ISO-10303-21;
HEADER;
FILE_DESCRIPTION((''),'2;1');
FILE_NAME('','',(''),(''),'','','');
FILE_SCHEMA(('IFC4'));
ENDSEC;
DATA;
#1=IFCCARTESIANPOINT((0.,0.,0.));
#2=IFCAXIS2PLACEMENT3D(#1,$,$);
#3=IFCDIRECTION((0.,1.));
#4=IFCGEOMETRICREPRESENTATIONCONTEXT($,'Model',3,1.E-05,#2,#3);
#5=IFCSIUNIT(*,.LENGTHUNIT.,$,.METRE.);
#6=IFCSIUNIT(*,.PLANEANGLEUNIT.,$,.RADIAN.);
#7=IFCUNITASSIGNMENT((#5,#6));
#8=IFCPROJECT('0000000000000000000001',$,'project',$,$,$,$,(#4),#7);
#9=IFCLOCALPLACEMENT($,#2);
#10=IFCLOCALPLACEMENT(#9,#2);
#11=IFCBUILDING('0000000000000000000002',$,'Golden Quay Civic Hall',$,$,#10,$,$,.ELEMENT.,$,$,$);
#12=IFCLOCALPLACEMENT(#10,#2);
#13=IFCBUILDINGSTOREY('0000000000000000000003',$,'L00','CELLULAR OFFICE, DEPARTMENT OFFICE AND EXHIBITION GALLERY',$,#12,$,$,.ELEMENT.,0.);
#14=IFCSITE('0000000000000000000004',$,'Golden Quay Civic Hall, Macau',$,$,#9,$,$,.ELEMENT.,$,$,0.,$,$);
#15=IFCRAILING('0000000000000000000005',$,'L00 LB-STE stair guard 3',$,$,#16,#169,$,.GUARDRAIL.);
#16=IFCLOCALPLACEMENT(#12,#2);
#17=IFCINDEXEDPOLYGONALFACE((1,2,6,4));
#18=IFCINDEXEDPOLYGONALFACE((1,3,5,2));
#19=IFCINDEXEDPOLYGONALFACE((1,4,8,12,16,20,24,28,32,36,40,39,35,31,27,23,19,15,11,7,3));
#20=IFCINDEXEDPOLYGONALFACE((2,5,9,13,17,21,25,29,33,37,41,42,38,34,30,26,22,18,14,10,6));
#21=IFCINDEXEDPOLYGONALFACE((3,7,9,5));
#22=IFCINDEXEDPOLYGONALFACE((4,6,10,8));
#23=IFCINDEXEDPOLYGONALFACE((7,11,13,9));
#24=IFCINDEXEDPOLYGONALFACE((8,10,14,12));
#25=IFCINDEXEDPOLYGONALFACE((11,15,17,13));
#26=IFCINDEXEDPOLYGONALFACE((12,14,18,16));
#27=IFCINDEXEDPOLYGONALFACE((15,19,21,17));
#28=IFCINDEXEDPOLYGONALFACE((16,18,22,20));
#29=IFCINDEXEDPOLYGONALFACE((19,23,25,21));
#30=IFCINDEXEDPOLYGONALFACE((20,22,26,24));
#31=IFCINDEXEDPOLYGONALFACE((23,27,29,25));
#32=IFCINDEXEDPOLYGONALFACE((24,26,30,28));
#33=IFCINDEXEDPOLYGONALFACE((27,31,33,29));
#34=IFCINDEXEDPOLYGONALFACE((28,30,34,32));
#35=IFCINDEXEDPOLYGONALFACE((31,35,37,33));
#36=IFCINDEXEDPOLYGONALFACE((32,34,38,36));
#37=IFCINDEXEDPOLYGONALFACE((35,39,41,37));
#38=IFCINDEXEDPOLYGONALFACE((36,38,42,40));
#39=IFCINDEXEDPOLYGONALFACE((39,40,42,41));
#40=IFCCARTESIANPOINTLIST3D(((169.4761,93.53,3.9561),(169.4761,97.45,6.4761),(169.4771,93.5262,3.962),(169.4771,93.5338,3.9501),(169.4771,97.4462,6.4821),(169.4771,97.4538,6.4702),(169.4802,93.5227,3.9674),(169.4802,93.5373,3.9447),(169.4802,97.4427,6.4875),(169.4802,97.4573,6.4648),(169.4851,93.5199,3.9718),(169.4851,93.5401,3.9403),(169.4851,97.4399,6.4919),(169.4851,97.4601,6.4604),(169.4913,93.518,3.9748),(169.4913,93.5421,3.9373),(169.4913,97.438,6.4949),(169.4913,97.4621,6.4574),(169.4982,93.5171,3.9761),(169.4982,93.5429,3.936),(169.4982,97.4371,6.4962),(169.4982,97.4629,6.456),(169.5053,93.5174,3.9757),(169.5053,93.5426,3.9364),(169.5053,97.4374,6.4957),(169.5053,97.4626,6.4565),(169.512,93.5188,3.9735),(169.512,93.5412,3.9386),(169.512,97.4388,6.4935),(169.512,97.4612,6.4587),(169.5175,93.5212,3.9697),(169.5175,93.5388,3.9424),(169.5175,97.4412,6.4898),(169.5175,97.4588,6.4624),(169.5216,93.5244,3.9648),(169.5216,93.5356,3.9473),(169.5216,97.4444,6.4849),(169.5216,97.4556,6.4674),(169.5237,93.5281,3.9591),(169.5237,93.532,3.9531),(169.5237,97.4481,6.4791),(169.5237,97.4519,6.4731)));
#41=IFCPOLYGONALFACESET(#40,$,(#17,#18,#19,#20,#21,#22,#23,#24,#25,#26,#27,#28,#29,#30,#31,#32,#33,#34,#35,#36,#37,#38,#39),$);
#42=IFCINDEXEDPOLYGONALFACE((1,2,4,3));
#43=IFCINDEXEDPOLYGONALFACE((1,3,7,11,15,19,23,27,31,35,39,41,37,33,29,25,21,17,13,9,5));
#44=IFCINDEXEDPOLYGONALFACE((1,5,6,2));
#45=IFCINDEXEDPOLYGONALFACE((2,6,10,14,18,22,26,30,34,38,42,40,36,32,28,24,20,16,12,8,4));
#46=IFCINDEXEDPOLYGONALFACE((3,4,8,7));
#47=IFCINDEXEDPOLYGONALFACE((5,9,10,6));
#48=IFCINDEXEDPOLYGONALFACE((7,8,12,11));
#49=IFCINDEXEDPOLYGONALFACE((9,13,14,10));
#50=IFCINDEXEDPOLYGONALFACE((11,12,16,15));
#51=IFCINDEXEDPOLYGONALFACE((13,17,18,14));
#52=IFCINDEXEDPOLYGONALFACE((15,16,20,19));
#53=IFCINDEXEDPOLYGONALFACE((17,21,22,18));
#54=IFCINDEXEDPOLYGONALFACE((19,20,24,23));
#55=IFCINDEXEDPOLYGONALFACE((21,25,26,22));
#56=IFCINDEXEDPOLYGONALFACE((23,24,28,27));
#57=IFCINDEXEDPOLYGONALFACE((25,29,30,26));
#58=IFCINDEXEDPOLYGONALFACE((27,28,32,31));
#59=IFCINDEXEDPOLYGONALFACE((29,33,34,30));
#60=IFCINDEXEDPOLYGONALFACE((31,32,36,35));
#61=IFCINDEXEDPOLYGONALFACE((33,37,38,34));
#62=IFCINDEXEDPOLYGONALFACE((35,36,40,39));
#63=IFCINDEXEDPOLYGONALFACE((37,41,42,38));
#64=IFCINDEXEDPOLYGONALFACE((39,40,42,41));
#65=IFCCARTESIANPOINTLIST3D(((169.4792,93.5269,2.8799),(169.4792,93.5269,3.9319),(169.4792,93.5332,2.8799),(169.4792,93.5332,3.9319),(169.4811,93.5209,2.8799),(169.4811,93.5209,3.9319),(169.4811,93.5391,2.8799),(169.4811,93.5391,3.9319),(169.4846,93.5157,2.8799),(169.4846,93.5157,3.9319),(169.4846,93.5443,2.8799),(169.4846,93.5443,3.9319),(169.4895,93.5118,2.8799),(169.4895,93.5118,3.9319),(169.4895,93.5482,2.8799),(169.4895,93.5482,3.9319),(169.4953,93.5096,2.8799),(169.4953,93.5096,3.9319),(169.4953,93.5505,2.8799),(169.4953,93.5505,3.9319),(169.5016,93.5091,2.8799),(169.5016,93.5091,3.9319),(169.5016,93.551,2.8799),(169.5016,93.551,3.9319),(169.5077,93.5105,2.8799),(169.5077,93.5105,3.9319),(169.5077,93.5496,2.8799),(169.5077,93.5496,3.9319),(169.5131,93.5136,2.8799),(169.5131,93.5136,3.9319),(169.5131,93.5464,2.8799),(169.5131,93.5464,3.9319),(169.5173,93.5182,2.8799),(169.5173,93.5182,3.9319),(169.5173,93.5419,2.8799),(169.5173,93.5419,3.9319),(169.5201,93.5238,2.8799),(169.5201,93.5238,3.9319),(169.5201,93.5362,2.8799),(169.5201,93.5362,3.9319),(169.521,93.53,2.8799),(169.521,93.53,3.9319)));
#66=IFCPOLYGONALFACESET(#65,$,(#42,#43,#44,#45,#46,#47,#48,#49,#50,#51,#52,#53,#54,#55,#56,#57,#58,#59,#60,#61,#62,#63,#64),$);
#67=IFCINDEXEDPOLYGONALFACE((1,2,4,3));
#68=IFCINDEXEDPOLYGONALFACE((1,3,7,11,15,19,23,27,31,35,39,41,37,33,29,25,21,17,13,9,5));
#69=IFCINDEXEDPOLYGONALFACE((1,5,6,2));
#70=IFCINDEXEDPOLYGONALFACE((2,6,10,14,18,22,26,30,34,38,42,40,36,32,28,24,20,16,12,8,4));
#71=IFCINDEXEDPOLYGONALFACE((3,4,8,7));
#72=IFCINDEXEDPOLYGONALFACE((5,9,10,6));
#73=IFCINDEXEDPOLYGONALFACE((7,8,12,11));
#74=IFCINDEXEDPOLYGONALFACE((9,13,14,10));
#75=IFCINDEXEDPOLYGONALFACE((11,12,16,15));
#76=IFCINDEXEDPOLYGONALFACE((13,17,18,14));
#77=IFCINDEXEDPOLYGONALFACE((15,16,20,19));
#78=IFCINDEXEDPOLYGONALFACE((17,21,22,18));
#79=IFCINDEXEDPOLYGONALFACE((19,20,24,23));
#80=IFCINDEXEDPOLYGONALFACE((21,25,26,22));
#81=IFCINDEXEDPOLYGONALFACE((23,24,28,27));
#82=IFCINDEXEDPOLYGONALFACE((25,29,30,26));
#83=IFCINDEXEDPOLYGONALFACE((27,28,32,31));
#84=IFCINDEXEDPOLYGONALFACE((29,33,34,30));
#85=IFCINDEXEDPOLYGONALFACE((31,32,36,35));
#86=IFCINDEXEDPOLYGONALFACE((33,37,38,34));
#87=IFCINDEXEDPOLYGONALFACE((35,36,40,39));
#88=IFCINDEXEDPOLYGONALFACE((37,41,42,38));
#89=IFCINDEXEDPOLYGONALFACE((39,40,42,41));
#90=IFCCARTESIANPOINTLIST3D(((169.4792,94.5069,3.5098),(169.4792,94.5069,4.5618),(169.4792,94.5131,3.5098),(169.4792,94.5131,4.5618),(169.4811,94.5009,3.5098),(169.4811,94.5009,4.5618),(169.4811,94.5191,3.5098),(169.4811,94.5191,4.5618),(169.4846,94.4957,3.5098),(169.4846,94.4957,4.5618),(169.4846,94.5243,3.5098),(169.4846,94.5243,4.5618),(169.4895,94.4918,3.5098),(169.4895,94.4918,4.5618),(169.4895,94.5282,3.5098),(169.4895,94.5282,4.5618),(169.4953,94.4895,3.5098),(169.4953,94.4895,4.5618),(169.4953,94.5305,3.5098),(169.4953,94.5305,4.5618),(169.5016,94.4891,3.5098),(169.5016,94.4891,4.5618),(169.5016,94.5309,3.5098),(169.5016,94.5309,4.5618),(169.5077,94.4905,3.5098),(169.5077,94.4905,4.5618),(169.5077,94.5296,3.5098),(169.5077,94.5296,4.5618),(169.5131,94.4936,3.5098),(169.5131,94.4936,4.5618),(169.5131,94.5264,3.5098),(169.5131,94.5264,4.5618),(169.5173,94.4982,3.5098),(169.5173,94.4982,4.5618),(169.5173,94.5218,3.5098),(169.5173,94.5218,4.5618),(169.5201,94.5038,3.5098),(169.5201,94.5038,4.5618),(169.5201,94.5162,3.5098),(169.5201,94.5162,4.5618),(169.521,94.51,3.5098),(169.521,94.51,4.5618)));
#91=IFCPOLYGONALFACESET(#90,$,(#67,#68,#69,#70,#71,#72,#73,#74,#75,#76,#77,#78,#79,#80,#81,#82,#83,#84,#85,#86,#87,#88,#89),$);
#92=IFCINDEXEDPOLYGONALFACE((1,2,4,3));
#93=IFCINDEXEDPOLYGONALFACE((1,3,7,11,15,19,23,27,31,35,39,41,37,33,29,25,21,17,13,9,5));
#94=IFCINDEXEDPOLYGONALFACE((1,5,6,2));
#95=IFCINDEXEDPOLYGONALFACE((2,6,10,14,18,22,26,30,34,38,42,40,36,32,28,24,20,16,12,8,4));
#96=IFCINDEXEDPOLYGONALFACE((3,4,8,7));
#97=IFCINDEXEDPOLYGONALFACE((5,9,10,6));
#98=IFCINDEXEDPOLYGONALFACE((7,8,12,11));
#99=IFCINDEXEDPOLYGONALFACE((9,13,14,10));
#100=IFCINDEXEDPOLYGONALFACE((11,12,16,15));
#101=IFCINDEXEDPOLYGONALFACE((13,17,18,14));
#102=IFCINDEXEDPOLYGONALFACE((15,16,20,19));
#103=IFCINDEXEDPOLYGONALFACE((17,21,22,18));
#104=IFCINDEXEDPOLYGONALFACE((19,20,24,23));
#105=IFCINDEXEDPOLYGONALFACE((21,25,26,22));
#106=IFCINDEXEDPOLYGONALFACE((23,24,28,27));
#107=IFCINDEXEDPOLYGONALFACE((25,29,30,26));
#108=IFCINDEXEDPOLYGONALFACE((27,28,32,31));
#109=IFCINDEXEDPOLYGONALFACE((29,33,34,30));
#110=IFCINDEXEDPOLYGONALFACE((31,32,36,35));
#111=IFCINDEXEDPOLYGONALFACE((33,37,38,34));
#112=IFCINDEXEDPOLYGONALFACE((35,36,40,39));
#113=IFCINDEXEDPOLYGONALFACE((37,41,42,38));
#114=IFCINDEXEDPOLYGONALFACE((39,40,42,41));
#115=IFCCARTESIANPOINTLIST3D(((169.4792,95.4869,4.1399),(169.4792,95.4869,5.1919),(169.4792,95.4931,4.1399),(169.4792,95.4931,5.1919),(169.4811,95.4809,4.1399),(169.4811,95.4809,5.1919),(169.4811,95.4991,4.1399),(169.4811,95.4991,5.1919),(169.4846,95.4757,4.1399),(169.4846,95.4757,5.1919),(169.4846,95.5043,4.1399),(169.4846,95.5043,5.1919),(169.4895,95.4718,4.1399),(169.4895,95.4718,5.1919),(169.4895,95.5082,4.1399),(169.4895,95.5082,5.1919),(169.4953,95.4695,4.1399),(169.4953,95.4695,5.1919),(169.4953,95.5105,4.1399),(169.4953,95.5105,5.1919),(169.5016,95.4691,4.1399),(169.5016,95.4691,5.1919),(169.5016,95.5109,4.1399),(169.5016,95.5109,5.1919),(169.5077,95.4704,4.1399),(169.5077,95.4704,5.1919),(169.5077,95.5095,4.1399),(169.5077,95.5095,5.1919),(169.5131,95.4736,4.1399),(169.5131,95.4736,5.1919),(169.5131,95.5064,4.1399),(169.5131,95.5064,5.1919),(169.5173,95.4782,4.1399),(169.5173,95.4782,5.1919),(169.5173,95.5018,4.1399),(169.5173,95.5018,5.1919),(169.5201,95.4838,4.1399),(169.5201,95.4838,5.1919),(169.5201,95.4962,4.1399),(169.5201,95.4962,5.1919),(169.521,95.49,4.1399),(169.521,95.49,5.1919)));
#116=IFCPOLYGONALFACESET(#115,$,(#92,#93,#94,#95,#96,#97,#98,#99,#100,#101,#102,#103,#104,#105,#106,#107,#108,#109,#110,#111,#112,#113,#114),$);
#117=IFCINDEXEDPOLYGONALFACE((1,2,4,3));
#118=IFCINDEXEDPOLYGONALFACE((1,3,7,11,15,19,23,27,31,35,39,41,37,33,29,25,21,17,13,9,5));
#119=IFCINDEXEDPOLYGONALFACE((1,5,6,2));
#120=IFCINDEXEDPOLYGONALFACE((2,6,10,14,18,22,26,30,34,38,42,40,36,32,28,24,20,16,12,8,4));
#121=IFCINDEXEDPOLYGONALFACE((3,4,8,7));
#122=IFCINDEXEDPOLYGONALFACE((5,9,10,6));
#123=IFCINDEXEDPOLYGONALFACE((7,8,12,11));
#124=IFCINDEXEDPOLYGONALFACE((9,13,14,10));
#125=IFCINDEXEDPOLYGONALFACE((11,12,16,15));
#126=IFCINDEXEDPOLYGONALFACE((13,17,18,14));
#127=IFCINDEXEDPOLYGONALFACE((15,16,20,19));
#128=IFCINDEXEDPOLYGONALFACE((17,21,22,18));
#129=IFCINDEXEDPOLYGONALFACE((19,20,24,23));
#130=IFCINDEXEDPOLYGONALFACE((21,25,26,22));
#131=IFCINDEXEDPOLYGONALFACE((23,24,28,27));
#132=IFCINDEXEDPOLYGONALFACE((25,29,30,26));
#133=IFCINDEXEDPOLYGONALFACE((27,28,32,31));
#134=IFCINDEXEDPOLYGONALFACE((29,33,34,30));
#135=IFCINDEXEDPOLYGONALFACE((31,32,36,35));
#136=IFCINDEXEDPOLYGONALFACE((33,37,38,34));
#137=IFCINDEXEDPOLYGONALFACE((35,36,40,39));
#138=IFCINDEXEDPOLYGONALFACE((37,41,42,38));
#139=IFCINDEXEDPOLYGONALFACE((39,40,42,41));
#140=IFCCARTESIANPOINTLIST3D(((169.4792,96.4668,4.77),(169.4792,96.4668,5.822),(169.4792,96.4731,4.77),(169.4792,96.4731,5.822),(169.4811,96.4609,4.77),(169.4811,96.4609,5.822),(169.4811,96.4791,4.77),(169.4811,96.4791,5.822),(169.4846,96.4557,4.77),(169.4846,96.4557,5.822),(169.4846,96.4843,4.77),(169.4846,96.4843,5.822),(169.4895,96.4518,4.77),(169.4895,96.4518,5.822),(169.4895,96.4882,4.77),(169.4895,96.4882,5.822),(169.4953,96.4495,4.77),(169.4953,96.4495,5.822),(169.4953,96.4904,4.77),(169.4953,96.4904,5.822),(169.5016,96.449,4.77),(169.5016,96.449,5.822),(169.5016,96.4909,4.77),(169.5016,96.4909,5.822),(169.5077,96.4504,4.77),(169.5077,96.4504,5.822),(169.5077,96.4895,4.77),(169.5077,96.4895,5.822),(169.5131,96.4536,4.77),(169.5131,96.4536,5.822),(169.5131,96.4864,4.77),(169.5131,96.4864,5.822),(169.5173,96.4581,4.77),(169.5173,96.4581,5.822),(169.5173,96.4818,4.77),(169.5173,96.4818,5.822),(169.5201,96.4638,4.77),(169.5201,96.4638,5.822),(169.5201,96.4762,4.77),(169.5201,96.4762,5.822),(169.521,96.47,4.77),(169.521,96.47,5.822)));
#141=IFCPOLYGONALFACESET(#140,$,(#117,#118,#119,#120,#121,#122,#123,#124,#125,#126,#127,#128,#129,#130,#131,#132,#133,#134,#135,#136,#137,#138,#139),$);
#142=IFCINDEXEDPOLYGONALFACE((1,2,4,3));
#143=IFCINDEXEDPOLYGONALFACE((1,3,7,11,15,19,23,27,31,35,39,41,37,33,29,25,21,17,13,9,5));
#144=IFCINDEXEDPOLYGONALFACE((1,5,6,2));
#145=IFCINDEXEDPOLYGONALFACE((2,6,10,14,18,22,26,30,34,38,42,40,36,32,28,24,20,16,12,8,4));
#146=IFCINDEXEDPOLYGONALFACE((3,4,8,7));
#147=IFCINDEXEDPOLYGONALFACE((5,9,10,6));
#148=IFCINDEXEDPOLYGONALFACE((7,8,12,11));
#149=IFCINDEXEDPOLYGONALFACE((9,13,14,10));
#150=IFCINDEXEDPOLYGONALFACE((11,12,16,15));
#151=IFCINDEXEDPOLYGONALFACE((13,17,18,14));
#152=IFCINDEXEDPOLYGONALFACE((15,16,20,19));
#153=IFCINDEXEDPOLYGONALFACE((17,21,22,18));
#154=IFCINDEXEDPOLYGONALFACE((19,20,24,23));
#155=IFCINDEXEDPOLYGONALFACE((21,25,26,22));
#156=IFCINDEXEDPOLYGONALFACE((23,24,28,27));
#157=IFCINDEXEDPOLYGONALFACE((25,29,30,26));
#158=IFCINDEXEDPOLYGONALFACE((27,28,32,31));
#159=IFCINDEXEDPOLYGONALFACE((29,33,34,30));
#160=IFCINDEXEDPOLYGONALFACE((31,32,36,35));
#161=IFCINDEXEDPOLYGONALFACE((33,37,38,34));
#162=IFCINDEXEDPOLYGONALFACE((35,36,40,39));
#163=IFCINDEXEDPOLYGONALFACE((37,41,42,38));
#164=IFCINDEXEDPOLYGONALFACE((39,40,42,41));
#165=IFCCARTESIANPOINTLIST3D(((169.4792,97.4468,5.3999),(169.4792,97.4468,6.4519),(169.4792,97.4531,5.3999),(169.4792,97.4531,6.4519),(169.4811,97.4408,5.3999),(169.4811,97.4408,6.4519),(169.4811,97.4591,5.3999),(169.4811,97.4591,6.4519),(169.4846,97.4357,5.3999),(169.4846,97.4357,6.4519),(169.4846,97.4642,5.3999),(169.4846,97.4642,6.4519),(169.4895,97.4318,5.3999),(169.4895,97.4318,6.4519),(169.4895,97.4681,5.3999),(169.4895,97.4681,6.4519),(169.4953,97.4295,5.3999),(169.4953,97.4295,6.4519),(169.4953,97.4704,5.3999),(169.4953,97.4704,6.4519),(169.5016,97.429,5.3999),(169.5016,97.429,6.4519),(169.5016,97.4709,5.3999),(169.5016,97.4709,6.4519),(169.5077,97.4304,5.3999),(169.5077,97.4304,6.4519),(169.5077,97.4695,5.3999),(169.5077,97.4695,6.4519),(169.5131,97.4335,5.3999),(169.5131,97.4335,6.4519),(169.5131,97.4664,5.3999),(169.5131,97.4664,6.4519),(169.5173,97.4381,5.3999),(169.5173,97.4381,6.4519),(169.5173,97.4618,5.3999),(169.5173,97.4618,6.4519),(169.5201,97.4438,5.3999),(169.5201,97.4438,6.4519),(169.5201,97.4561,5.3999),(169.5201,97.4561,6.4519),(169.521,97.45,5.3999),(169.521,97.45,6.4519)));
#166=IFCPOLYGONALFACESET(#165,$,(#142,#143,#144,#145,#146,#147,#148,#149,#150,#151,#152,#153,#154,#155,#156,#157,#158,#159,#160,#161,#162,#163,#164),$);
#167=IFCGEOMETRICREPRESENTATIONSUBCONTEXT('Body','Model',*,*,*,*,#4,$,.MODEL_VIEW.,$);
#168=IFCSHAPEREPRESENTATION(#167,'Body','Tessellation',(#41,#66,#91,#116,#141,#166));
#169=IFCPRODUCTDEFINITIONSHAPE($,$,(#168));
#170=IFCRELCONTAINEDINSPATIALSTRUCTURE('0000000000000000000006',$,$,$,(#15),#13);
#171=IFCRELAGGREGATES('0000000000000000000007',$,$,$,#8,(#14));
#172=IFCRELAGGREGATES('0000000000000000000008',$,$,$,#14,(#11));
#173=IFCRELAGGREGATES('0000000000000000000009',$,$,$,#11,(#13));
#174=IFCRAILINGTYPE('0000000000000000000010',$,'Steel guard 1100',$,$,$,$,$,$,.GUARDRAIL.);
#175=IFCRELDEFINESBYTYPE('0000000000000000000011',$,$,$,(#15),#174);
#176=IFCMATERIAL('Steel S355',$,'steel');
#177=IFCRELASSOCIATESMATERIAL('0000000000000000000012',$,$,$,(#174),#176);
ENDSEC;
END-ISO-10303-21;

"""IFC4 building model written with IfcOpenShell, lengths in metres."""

from ifc_helpers import new_model, si_unit, direction, frame, origin, origin_2d, place, context, subcontext, project, spatial, circle, extrude, material, type_object, element, save


model = new_model("IFC4")

# Units and contexts
model_context = context("Model", 3, precision=1e-05, world=origin(), true_north=direction((0.0, 1.0)))
body_context = subcontext(model_context, "Body", "Model", "MODEL_VIEW")
ifc_project = project(units=[si_unit("LENGTHUNIT", "METRE"), si_unit("PLANEANGLEUNIT", "RADIAN")], contexts=[model_context])

# Site, building, storey
site_placement = place(None, origin())
site = spatial("IfcSite", under=ifc_project, at=site_placement, Name="Golden Quay Civic Hall, Macau", CompositionType="ELEMENT", RefElevation=0.0)
building_placement = place(site_placement, origin())
building = spatial("IfcBuilding", under=site, at=building_placement, Name="Golden Quay Civic Hall", CompositionType="ELEMENT")
storey_placement = place(building_placement, origin())
storey = spatial("IfcBuildingStorey", under=building, at=storey_placement, Name="L00", Description="CELLULAR OFFICE, DEPARTMENT OFFICE AND EXHIBITION GALLERY", CompositionType="ELEMENT", Elevation=0.0)

# Railing
ifc_material_1 = material(Name="Steel S355", Category="steel")
railing_type_1 = type_object("IfcRailingType", Name="Steel guard 1100", PredefinedType="GUARDRAIL", material=ifc_material_1)
railing_1_placement = place(storey_placement, frame((169.5, 93.53, 2.8799)))
element("IfcRailing", 1, at=railing_1_placement, inside=storey, type_object=railing_type_1, Name="L00 LB-STE stair guard 3", PredefinedType="GUARDRAIL", context=body_context, shape_type="SweptSolid", body=[
    extrude(circle(Radius=0.0239, at=origin_2d()), frame((0.0, 0.0, 1.0762), z_axis=(0.0, 0.841172, 0.540768), x_axis=(-1.0, 0.0, 0.0)), (0.0, 0.0, 1.0), 4.6602),
    extrude(circle(Radius=0.021, at=origin_2d()), origin(), (0.0, 0.0, 1.0), 1.052),
    extrude(circle(Radius=0.021, at=origin_2d()), frame((0.0, 0.98, 0.6299)), (0.0, 0.0, 1.0), 1.052),
    extrude(circle(Radius=0.021, at=origin_2d()), frame((0.0, 1.96, 1.26)), (0.0, 0.0, 1.0), 1.052),
    extrude(circle(Radius=0.021, at=origin_2d()), frame((0.0, 2.9399, 1.8901)), (0.0, 0.0, 1.0), 1.052),
    extrude(circle(Radius=0.021, at=origin_2d()), frame((0.0, 3.9199, 2.52)), (0.0, 0.0, 1.0), 1.052),
])

save(model, "model.ifc")
